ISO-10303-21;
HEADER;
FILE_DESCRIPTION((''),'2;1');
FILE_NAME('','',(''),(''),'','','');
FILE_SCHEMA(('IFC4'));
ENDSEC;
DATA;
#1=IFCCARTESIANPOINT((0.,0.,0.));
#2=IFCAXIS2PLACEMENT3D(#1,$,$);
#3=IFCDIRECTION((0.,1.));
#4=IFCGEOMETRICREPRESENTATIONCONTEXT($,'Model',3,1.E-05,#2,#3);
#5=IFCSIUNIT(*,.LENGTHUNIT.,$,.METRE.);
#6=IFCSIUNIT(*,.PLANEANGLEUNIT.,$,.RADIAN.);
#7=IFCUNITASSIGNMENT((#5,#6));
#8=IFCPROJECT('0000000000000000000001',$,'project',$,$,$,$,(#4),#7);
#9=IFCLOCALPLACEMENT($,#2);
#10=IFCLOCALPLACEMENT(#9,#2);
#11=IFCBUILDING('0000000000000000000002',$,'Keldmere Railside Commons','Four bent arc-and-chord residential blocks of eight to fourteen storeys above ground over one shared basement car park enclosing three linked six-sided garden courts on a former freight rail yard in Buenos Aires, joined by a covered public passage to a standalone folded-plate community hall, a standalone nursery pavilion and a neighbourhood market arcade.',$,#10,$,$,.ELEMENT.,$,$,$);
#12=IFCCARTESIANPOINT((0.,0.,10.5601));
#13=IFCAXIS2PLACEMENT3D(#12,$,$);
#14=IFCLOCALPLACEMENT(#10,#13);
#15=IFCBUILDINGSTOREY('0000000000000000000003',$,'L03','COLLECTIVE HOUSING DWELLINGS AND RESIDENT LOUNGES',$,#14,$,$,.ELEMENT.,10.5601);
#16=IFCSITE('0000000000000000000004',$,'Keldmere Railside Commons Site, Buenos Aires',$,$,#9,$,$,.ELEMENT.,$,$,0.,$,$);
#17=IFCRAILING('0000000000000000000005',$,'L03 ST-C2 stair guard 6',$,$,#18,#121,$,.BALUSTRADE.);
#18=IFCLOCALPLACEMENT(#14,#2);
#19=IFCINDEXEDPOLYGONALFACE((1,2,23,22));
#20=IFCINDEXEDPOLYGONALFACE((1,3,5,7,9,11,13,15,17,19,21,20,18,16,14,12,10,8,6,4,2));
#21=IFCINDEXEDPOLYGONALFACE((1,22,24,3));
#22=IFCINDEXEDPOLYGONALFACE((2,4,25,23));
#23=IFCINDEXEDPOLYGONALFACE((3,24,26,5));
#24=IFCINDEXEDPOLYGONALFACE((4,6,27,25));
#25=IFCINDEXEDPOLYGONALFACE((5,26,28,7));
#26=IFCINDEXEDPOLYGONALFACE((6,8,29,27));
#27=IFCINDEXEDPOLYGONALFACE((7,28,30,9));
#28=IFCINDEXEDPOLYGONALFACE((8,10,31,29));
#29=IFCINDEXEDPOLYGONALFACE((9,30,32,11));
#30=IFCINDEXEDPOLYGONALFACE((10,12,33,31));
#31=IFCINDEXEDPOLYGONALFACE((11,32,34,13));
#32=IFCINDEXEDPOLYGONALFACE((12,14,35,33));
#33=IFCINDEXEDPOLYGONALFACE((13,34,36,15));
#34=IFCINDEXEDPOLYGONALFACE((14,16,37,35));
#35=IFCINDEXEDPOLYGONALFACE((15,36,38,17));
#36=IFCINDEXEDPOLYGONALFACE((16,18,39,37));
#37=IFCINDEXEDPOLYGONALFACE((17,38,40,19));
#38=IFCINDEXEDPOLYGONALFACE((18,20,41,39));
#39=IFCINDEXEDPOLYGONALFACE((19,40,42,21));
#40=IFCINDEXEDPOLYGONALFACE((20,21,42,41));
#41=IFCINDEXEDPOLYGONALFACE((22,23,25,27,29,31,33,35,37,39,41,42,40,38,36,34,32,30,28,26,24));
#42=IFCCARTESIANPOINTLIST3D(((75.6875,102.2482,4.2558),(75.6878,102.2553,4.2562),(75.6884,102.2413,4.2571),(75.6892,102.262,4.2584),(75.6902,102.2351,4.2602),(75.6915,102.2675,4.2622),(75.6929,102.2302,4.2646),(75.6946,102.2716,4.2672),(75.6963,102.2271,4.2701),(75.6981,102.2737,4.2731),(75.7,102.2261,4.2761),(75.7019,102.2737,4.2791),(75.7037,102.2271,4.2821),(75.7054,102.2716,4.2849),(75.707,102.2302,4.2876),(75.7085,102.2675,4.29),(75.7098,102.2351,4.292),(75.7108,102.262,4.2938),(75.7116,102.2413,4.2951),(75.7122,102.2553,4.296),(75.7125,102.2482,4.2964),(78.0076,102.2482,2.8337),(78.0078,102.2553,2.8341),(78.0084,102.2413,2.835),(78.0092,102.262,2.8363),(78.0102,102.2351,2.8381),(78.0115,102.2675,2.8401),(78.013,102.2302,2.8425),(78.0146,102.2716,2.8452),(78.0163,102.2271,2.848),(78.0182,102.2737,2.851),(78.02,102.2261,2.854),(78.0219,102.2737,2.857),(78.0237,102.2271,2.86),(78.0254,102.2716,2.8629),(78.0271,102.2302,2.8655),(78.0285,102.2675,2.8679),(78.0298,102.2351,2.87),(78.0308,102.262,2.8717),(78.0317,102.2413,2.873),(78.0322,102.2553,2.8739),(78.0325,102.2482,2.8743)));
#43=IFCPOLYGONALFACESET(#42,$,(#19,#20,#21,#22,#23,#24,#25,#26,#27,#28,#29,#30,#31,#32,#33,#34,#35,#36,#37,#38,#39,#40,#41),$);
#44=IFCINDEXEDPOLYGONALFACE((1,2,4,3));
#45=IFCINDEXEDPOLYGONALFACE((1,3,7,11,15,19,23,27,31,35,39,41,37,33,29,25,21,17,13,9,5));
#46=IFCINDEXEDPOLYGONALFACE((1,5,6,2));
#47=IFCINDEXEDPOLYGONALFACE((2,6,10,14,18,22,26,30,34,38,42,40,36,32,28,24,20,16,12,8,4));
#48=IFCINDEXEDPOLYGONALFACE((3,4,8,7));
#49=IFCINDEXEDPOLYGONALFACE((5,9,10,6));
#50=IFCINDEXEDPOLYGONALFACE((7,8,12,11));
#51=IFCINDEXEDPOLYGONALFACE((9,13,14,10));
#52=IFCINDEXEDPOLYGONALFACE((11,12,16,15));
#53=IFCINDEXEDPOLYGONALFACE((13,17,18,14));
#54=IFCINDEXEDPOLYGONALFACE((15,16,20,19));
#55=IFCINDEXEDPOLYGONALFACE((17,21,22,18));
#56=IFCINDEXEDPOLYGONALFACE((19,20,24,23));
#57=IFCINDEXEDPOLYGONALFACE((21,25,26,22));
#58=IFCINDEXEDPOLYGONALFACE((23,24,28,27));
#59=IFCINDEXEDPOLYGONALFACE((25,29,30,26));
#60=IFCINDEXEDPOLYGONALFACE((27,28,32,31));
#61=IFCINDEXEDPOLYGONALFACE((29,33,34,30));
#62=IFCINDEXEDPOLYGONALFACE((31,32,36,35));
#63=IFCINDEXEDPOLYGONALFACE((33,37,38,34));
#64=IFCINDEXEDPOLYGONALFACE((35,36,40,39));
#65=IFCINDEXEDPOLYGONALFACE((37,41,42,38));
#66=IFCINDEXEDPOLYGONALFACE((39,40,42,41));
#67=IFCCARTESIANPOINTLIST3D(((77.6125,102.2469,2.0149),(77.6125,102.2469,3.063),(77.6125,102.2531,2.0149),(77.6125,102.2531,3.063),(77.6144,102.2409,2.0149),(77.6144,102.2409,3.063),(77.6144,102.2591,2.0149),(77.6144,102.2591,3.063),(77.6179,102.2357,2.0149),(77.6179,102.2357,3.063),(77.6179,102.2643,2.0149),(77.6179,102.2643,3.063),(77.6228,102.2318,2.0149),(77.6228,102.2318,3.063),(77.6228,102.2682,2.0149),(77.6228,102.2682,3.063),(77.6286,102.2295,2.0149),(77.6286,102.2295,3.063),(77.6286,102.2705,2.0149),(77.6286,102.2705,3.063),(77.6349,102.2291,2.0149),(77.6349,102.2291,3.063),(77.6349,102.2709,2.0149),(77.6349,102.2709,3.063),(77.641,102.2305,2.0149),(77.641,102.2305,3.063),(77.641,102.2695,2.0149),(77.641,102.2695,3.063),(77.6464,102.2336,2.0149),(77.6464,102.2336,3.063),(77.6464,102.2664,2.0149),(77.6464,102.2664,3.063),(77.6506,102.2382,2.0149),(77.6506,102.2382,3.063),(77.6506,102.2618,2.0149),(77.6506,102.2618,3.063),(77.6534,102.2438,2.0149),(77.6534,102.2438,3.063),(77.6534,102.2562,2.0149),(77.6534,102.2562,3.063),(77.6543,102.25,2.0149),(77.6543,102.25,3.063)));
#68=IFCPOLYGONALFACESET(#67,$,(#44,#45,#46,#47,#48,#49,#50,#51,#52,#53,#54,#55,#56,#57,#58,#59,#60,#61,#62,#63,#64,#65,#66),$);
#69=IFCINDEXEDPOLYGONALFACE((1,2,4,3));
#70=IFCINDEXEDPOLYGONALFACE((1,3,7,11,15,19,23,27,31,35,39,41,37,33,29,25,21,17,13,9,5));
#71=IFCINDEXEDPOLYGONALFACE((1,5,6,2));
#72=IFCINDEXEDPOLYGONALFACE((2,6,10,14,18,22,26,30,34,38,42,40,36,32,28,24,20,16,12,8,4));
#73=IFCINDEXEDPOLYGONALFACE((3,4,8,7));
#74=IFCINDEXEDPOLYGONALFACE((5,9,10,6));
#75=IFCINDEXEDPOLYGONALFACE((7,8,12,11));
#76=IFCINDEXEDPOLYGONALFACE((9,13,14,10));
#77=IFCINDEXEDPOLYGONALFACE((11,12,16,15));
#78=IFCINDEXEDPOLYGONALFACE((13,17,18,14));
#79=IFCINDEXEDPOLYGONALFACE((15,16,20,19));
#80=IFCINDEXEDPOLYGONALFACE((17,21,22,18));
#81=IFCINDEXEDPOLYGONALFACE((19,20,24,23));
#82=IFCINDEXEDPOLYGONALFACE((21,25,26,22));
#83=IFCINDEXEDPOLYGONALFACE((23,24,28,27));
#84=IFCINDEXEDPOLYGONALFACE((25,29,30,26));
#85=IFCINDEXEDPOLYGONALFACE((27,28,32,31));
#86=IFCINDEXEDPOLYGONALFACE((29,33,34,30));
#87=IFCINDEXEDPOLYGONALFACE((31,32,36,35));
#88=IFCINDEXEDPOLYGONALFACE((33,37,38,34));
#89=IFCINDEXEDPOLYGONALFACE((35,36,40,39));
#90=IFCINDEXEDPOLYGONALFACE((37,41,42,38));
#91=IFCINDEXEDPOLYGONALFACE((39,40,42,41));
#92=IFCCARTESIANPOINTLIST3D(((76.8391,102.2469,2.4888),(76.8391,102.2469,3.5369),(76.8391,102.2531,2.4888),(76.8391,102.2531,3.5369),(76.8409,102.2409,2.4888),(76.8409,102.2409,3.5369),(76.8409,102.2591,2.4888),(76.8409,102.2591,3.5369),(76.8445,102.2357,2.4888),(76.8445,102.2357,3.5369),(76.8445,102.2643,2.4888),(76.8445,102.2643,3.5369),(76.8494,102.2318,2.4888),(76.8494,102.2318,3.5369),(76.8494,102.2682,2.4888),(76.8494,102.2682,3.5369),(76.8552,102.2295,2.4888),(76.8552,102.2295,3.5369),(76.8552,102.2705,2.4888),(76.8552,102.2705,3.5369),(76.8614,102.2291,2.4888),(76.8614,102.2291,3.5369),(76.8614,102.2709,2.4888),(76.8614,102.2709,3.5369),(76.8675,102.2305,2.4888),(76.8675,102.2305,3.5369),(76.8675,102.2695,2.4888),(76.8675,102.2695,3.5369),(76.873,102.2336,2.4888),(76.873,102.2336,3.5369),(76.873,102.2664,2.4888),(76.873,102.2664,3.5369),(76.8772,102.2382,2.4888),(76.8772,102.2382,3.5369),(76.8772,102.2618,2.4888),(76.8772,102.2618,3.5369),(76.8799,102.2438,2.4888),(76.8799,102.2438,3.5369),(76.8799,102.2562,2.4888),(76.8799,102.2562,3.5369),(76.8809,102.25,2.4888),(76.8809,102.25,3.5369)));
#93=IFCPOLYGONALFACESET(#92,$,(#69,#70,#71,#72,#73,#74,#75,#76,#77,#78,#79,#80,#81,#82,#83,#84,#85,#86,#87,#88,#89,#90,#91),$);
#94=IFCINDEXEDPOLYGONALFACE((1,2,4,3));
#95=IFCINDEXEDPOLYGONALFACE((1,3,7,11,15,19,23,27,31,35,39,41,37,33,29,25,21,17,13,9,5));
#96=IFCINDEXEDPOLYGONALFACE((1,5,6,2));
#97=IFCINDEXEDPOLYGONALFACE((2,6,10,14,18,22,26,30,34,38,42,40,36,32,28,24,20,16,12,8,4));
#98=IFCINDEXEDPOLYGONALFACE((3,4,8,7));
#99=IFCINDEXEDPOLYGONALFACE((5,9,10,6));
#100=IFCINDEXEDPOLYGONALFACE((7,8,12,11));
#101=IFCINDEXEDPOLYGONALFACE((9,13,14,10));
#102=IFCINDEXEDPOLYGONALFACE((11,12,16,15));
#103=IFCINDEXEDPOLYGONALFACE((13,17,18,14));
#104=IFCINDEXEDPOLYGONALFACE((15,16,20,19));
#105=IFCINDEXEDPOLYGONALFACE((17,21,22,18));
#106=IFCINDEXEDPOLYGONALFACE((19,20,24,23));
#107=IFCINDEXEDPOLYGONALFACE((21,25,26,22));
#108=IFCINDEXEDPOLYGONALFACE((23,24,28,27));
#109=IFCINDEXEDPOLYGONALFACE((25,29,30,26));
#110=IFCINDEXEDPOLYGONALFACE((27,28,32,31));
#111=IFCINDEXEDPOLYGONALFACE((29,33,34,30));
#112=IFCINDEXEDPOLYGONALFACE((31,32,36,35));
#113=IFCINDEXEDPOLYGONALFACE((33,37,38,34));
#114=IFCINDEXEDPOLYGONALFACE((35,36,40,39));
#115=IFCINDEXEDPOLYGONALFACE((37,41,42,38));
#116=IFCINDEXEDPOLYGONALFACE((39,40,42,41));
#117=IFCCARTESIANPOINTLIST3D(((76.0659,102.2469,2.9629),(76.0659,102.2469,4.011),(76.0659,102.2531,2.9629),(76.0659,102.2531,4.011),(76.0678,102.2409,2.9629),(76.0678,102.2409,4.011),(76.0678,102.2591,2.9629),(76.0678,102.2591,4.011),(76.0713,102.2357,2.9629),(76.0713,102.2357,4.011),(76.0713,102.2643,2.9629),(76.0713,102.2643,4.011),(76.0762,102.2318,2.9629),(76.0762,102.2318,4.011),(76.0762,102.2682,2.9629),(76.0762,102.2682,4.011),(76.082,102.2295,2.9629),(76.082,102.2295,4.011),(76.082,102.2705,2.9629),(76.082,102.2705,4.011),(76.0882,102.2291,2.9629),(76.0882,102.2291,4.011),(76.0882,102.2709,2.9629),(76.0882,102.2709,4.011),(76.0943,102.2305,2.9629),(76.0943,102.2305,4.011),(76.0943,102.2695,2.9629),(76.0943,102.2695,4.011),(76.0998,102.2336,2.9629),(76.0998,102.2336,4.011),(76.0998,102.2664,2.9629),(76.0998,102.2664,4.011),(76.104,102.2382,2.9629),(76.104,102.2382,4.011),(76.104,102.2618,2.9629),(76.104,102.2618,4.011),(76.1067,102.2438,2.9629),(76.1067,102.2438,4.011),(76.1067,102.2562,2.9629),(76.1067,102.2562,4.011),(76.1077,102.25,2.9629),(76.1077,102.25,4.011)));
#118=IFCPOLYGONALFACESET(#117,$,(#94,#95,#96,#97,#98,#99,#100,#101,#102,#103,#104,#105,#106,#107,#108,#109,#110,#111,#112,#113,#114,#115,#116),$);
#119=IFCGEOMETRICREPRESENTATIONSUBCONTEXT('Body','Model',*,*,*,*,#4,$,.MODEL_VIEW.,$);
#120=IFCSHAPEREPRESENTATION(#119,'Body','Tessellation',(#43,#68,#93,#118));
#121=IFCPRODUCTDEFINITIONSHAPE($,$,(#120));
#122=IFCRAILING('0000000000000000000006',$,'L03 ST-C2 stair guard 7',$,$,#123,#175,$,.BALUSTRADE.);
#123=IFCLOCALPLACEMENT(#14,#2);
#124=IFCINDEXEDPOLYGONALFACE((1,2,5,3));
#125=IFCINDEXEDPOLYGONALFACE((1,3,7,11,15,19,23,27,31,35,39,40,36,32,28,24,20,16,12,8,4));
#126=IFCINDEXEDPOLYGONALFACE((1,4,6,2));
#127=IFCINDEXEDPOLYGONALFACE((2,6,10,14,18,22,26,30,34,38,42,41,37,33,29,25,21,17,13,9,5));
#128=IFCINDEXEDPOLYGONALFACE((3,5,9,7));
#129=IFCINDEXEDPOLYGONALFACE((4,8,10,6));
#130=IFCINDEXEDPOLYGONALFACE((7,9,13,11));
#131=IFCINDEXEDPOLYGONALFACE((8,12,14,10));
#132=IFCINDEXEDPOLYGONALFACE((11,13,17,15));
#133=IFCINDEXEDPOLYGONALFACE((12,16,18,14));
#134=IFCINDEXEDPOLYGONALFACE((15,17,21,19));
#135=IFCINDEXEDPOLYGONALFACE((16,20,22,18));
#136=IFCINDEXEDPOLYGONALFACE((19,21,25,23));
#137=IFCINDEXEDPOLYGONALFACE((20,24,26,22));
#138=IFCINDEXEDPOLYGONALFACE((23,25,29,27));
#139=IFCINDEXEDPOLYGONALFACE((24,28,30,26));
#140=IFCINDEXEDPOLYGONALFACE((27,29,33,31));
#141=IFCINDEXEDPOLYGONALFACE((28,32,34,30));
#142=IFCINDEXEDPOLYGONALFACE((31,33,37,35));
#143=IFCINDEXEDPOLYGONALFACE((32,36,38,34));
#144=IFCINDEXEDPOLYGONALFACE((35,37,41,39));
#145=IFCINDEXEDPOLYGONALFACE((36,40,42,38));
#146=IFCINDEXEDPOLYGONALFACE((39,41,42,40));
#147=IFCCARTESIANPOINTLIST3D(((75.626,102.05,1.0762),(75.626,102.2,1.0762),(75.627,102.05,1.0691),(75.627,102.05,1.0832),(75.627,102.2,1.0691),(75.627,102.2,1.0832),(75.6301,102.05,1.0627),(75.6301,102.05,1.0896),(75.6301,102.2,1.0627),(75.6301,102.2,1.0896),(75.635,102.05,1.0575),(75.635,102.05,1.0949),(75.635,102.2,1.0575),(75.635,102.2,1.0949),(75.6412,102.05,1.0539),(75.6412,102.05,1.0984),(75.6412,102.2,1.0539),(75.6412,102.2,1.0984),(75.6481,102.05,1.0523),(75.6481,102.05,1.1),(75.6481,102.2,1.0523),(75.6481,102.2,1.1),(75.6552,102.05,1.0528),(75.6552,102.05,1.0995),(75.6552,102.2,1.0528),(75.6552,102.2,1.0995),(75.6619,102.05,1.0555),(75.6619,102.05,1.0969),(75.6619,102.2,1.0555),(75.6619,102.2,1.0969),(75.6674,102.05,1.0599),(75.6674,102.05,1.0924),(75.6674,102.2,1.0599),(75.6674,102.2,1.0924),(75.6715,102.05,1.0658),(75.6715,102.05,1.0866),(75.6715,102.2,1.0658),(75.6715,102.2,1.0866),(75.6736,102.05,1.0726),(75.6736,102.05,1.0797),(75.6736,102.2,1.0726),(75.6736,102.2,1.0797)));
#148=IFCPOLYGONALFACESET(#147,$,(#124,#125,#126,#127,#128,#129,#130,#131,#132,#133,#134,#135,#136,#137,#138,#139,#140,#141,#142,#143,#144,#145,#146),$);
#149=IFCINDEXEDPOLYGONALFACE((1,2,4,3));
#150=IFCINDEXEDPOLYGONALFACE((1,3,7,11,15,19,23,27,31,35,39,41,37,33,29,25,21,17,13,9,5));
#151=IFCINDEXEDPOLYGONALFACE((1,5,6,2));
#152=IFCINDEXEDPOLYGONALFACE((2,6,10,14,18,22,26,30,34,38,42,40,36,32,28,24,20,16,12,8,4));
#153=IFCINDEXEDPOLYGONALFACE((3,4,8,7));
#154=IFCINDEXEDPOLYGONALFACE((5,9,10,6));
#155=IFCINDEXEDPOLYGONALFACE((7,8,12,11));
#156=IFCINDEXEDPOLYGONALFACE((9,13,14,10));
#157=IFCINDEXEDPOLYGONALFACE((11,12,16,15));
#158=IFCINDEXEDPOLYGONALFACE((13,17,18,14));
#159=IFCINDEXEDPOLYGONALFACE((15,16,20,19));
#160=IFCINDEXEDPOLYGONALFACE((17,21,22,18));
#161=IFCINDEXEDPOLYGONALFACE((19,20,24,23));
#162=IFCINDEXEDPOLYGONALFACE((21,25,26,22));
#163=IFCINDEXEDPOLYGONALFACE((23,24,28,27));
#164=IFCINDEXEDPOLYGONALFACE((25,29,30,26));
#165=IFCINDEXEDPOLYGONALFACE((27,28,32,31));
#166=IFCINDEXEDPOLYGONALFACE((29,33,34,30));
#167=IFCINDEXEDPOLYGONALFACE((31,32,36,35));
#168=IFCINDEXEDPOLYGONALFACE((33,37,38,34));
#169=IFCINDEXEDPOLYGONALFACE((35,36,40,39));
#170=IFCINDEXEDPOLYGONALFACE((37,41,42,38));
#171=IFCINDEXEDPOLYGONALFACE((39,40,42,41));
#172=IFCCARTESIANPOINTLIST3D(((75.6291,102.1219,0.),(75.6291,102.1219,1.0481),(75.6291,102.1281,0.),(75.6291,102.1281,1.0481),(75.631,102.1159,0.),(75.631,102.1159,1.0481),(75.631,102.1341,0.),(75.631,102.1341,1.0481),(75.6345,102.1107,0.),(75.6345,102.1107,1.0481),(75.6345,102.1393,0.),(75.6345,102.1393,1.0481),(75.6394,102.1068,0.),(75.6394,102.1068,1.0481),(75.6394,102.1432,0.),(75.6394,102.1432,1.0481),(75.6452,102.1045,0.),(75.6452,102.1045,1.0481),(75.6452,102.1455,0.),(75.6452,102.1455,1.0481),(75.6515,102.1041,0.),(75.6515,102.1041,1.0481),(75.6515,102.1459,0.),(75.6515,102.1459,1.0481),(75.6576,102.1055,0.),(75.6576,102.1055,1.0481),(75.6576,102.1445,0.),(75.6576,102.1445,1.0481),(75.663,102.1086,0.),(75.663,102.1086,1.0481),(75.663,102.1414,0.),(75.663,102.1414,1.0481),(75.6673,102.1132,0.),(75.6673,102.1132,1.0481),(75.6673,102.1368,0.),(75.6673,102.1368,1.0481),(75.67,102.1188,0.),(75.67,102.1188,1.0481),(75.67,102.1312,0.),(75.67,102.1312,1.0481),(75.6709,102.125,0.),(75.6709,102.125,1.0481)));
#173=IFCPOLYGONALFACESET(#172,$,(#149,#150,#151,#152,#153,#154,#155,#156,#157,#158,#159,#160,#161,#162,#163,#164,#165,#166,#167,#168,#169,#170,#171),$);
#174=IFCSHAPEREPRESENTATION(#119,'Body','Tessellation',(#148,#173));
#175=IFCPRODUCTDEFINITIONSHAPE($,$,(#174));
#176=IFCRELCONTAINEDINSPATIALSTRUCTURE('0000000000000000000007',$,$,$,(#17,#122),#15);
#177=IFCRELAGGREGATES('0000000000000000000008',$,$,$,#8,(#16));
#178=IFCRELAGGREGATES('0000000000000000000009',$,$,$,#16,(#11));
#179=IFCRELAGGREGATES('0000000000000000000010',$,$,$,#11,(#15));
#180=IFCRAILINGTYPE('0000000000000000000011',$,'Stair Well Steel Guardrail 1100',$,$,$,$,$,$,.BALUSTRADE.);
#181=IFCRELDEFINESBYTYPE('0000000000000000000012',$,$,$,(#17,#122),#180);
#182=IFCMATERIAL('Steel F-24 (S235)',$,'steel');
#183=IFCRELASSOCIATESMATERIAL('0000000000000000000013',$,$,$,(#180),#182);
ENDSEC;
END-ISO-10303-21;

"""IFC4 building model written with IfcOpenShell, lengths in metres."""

from ifc_helpers import new_model, si_unit, direction, frame, origin, origin_2d, place, context, subcontext, project, spatial, circle, extrude, material, type_object, element, save


model = new_model("IFC4")

# Units and contexts
model_context = context("Model", 3, precision=1e-05, world=origin(), true_north=direction((0.0, 1.0)))
body_context = subcontext(model_context, "Body", "Model", "MODEL_VIEW")
ifc_project = project(units=[si_unit("LENGTHUNIT", "METRE"), si_unit("PLANEANGLEUNIT", "RADIAN")], contexts=[model_context])

# Site, building, storey
site_placement = place(None, origin())
site = spatial("IfcSite", under=ifc_project, at=site_placement, Name="Keldmere Railside Commons Site, Buenos Aires", CompositionType="ELEMENT", RefElevation=0.0)
building_placement = place(site_placement, origin())
building = spatial("IfcBuilding", under=site, at=building_placement, Name="Keldmere Railside Commons", Description="Four bent arc-and-chord residential blocks of eight to fourteen storeys above ground over one shared basement car park enclosing three linked six-sided garden courts on a former freight rail yard in Buenos Aires, joined by a covered public passage to a standalone folded-plate community hall, a standalone nursery pavilion and a neighbourhood market arcade.", CompositionType="ELEMENT")
storey_placement = place(building_placement, frame((0.0, 0.0, 10.5601)))
storey = spatial("IfcBuildingStorey", under=building, at=storey_placement, Name="L03", Description="COLLECTIVE HOUSING DWELLINGS AND RESIDENT LOUNGES", CompositionType="ELEMENT", Elevation=10.5601)

# Railings
ifc_material_1 = material(Name="Steel F-24 (S235)", Category="steel")
railing_type_1 = type_object("IfcRailingType", Name="Stair Well Steel Guardrail 1100", PredefinedType="BALUSTRADE", material=ifc_material_1)
railing_1_placement = place(storey_placement, frame((78.02, 102.25, 1.7778)))
element("IfcRailing", 1, at=railing_1_placement, inside=storey, type_object=railing_type_1, Name="L03 ST-C2 stair guard 6", PredefinedType="BALUSTRADE", context=body_context, shape_type="SweptSolid", body=[
    extrude(circle(Radius=0.0239, at=origin_2d()), frame((0.0, 0.0, 1.0762), z_axis=(-0.852578, 0.0, 0.5226), x_axis=(0.0, -1.0, 0.0)), (0.0, 0.0, 1.0), 2.7212),
    extrude(circle(Radius=0.021, at=origin_2d()), frame((-0.3867, 0.0, 0.2371)), (0.0, 0.0, 1.0), 1.0481),
    extrude(circle(Radius=0.021, at=origin_2d()), frame((-1.1602, 0.0, 0.7109)), (0.0, 0.0, 1.0), 1.0481),
    extrude(circle(Radius=0.021, at=origin_2d()), frame((-1.9333, 0.0, 1.1851)), (0.0, 0.0, 1.0), 1.0481),
])
railing_2_placement = place(storey_placement, frame((75.6499, 102.05, 0.0)))
element("IfcRailing", 2, at=railing_2_placement, inside=storey, type_object=railing_type_1, Name="L03 ST-C2 stair guard 7", PredefinedType="BALUSTRADE", context=body_context, shape_type="SweptSolid", body=[
    extrude(circle(Radius=0.0239, at=origin_2d()), frame((0.0, 0.0, 1.0762), z_axis=(0.0, 1.0, 0.0), x_axis=(-1.0, 0.0, 0.0)), (0.0, 0.0, 1.0), 0.1499),
    extrude(circle(Radius=0.021, at=origin_2d()), frame((0.0, 0.075, 0.0)), (0.0, 0.0, 1.0), 1.0481),
])

save(model, "model.ifc")
